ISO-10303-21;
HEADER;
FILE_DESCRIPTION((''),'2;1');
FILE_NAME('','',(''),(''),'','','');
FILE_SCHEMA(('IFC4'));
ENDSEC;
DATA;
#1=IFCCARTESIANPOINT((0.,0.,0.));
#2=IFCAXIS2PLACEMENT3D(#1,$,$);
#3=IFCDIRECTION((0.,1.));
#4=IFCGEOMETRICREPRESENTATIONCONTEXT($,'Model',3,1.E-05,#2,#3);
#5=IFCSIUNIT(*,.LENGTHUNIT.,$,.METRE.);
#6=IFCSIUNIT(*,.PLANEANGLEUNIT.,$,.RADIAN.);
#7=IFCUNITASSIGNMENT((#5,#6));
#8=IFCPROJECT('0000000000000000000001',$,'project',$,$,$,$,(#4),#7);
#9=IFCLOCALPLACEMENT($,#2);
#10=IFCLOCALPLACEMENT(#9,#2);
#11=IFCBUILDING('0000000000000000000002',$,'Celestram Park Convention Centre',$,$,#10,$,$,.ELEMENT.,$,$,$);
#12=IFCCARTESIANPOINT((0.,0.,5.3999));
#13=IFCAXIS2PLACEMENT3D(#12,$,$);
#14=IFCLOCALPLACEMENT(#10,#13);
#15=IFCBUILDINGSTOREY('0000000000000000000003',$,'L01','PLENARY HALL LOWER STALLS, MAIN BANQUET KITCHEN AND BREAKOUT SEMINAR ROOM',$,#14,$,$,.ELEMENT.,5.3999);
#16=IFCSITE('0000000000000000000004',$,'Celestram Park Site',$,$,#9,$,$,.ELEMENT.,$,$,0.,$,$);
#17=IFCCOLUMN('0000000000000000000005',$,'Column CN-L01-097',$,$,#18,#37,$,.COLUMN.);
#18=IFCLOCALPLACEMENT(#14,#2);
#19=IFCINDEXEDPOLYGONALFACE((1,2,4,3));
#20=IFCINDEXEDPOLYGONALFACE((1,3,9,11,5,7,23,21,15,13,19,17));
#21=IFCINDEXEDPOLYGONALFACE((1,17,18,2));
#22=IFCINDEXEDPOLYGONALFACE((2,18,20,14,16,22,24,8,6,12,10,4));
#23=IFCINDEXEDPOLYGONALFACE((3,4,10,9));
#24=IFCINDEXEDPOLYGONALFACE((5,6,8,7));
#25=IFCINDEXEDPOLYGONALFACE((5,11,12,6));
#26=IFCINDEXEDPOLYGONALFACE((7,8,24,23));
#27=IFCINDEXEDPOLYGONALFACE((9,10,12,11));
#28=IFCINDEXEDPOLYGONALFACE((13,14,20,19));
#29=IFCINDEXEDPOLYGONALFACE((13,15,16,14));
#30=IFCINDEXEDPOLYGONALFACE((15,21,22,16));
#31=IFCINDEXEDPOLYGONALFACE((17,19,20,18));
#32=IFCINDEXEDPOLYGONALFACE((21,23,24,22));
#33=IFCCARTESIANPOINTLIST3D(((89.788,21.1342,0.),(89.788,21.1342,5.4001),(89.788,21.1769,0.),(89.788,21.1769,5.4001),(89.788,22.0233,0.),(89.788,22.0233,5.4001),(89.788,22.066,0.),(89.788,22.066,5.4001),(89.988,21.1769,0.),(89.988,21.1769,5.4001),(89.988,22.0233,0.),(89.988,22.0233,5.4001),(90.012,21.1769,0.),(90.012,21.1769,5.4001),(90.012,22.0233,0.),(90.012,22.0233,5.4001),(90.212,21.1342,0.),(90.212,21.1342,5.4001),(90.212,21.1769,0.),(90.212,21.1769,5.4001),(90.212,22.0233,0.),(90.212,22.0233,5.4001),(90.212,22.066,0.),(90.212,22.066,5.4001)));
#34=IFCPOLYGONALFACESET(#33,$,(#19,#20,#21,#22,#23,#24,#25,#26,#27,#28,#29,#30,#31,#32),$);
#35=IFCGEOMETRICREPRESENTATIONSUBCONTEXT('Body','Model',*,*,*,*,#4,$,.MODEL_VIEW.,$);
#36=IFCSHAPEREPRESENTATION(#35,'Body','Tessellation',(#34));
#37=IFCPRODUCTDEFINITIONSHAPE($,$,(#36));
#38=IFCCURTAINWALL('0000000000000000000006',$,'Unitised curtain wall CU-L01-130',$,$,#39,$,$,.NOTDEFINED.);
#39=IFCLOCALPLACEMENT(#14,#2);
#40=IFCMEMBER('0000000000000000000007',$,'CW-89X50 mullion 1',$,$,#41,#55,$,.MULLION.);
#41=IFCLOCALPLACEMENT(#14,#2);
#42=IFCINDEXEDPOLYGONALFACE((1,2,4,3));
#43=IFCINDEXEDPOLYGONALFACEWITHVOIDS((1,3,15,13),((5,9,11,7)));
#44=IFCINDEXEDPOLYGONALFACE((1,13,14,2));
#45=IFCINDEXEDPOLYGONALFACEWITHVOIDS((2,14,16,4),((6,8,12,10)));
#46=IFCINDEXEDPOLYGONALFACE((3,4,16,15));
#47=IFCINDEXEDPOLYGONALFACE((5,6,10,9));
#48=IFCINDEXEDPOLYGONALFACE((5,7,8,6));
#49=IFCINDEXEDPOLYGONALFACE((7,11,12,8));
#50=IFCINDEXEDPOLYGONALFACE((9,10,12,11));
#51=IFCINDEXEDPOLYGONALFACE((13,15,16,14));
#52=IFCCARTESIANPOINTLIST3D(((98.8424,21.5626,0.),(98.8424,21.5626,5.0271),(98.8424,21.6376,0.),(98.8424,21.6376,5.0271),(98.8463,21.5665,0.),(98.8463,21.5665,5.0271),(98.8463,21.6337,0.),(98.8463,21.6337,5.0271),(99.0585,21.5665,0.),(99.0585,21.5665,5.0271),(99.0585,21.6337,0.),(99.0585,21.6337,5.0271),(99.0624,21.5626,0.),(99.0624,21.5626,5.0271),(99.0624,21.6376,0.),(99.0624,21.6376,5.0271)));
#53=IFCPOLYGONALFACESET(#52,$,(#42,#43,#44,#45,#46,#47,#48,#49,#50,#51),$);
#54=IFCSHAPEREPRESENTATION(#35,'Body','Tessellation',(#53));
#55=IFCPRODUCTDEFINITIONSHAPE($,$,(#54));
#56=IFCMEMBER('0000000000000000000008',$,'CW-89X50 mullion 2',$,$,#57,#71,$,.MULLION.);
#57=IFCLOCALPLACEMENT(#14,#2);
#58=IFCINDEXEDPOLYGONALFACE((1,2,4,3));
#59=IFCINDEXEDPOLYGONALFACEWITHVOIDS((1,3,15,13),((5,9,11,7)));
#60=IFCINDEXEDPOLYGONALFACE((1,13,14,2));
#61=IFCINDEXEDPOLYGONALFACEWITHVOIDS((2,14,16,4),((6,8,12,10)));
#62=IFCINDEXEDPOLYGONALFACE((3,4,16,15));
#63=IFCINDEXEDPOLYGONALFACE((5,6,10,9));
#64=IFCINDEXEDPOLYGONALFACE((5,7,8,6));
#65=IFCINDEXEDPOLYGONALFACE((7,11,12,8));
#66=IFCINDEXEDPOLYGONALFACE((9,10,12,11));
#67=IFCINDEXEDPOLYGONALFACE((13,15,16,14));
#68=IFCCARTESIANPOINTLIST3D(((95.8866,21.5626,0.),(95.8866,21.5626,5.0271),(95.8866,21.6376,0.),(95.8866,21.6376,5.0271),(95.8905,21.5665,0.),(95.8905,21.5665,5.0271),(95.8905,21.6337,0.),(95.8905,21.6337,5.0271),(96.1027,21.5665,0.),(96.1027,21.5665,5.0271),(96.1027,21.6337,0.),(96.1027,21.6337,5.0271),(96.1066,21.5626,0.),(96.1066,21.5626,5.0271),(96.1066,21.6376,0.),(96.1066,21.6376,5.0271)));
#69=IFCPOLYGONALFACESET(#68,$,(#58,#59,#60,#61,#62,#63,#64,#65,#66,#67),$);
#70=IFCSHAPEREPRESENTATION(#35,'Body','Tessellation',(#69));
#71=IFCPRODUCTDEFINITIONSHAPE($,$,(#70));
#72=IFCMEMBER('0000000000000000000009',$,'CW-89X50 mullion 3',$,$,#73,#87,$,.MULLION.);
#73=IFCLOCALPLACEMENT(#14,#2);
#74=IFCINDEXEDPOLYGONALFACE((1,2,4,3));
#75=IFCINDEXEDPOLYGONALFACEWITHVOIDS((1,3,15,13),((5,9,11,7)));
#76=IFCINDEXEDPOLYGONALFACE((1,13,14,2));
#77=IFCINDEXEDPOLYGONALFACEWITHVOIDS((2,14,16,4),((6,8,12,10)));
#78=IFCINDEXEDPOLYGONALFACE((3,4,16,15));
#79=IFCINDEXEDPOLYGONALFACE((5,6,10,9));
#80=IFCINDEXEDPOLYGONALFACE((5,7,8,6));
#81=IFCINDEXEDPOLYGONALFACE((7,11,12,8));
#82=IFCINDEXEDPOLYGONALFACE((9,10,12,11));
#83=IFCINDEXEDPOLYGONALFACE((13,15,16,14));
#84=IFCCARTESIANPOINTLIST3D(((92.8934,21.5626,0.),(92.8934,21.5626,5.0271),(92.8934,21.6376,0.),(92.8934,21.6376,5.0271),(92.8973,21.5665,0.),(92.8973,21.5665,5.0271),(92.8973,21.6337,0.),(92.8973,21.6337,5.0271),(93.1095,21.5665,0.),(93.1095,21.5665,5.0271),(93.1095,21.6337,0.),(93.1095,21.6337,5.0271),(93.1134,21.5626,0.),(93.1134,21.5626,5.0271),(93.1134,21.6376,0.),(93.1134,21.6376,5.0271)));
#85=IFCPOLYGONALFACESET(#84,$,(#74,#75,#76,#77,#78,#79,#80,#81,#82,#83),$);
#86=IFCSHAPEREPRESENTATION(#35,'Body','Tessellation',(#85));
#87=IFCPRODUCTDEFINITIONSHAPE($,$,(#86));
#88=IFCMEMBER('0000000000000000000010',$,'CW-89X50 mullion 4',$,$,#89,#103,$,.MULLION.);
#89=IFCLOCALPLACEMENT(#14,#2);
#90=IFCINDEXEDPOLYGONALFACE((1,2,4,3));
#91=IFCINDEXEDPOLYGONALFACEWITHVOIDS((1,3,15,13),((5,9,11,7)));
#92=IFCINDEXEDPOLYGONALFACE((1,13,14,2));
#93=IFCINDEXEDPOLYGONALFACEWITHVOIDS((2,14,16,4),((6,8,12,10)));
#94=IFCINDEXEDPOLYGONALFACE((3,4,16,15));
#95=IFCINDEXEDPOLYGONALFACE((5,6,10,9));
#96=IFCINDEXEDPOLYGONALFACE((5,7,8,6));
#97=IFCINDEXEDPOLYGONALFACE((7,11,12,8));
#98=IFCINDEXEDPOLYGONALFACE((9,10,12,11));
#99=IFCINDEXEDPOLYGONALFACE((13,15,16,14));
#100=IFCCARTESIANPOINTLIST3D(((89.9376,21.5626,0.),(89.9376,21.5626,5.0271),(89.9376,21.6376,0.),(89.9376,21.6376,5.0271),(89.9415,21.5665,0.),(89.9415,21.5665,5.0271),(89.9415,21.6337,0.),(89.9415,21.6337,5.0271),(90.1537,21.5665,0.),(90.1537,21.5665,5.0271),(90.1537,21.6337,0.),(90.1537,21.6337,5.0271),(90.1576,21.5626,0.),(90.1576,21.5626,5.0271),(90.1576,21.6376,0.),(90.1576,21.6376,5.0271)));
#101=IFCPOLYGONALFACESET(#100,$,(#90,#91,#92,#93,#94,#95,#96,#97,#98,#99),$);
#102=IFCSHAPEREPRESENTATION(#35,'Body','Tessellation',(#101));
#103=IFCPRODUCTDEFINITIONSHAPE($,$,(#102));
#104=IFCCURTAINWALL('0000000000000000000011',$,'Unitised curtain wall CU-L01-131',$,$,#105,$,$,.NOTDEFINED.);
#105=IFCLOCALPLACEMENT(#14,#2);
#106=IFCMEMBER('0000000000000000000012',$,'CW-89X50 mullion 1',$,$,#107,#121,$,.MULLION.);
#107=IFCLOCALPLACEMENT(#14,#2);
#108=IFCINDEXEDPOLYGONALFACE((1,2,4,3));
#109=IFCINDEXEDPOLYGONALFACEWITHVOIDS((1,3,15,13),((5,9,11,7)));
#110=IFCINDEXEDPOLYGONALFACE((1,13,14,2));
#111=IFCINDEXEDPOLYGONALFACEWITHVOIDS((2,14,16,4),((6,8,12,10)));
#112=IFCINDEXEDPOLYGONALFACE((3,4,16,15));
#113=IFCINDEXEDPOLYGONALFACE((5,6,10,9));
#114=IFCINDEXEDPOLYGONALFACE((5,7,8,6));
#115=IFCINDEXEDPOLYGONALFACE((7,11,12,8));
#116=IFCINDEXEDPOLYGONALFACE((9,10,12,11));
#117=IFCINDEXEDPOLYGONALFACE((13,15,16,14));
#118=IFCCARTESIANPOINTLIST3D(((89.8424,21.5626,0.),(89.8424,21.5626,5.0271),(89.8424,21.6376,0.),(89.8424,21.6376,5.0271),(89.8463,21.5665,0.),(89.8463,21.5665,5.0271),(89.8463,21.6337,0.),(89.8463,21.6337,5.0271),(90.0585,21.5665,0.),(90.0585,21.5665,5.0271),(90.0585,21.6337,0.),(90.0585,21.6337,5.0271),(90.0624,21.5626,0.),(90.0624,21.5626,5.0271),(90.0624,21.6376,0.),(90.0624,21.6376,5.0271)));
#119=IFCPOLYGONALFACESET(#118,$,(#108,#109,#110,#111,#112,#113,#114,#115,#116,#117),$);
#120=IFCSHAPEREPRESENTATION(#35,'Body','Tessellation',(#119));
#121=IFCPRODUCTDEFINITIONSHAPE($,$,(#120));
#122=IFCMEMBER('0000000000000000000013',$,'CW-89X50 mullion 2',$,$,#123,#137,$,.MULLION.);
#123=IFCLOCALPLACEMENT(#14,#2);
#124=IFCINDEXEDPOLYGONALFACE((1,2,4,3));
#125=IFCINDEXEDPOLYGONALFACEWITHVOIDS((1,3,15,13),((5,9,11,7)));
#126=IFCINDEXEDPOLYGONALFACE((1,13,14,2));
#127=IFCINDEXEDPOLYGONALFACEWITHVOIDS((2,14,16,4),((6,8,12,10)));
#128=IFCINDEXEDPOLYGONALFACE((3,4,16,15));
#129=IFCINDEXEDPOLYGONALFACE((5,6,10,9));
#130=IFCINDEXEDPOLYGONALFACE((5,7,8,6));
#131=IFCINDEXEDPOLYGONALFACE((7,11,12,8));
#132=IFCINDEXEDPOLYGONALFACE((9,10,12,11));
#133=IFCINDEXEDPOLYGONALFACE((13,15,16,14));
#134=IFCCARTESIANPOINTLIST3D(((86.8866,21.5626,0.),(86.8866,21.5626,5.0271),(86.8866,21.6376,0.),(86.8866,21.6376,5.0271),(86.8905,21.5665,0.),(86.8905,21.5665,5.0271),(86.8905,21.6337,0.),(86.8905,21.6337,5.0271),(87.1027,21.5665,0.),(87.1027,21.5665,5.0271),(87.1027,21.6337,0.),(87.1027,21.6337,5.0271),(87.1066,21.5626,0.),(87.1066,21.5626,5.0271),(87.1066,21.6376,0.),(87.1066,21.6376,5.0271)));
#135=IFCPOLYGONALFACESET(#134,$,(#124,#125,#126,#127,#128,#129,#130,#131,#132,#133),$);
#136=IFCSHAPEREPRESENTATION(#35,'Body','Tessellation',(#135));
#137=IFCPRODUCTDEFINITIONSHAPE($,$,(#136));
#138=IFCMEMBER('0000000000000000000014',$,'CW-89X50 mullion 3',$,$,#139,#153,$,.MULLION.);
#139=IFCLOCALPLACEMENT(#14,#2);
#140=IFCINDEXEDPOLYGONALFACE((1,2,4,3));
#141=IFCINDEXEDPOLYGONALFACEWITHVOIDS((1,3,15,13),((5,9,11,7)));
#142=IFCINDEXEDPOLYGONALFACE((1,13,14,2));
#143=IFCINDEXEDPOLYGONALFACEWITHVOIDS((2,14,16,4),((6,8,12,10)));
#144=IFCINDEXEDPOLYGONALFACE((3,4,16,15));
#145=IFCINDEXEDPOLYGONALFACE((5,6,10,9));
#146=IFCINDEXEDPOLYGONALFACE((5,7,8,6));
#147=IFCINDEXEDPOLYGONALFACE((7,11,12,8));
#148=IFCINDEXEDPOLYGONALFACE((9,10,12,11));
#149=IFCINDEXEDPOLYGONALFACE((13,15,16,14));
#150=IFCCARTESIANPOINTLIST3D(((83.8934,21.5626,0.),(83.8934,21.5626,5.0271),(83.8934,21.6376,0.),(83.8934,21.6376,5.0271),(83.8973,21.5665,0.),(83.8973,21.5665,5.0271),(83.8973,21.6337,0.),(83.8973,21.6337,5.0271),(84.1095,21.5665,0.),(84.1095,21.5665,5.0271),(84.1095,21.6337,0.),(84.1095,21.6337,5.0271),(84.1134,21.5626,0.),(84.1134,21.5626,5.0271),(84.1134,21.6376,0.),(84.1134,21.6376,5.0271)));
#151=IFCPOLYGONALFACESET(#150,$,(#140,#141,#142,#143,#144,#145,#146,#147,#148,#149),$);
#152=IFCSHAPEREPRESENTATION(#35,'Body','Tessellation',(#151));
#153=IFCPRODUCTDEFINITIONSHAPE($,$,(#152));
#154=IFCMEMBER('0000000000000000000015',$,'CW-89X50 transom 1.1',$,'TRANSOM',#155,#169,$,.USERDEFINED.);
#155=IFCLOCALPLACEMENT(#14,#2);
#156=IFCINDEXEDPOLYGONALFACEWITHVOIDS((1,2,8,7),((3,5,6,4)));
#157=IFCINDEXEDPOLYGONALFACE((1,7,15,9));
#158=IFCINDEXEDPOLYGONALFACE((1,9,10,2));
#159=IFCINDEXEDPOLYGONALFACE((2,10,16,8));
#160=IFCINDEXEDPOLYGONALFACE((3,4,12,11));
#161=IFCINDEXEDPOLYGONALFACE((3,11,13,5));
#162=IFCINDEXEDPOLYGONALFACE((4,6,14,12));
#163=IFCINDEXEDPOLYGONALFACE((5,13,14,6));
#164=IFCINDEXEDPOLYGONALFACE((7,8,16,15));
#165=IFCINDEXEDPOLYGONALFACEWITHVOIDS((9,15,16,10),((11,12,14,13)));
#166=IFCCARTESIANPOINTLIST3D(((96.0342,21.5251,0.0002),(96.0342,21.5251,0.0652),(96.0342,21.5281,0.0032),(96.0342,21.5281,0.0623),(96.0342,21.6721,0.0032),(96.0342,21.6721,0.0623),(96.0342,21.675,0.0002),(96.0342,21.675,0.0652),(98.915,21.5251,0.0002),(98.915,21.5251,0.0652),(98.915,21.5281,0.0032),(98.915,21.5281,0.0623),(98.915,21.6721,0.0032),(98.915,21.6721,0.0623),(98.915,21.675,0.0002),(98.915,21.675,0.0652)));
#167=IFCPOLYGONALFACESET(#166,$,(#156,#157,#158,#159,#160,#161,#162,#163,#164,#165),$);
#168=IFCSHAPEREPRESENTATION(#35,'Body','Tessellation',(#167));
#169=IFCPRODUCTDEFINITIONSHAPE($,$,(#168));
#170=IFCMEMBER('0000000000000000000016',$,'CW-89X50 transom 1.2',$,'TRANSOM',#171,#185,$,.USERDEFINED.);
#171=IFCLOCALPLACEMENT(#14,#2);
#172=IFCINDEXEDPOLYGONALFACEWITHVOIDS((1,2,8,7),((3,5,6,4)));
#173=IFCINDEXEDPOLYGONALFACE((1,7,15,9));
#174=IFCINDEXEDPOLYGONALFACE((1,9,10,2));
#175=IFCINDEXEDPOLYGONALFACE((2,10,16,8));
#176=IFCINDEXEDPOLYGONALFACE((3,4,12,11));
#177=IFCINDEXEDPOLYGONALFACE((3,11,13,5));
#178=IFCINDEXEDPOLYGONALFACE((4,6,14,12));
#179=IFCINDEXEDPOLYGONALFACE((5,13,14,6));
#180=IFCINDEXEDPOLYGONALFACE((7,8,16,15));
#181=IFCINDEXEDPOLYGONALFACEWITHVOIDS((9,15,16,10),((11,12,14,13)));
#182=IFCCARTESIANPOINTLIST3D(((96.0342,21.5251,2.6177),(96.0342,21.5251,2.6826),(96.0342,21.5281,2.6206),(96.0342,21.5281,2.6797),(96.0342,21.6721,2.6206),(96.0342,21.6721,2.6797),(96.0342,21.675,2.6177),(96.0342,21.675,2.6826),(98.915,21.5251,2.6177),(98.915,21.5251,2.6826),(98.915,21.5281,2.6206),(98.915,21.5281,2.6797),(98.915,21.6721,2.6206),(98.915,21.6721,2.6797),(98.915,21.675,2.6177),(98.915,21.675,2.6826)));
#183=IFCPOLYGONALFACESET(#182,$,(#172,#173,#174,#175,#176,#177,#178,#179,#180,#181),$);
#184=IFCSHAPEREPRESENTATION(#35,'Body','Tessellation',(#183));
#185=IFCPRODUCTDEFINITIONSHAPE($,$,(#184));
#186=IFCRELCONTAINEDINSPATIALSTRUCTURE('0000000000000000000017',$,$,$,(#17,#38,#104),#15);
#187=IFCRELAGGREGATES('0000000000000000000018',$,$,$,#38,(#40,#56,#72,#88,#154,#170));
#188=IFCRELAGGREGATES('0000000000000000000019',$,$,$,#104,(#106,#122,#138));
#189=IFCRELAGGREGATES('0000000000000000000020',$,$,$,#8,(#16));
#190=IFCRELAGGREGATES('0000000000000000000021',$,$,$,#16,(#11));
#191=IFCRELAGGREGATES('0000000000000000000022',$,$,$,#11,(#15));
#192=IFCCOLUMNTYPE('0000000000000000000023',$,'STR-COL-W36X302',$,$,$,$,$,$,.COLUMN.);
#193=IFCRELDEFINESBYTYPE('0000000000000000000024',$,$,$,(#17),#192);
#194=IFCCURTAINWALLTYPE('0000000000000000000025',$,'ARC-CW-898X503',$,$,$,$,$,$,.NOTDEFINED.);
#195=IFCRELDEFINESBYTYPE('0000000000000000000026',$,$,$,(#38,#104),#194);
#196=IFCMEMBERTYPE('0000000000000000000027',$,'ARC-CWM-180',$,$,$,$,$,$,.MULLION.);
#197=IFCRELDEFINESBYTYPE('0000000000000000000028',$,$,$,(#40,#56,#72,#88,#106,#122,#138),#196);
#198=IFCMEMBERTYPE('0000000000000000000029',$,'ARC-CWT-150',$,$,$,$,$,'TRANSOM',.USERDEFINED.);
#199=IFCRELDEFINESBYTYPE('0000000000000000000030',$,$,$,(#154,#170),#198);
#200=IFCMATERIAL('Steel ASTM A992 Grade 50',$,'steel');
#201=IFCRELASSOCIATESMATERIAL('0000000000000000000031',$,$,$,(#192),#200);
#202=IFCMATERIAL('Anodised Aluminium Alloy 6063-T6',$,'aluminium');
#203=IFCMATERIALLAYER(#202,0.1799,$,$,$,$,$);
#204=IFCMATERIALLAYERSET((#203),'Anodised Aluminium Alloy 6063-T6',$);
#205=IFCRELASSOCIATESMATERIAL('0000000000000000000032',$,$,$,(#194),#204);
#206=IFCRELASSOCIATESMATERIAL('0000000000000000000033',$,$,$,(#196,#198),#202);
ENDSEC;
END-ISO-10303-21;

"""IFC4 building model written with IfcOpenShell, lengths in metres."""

from ifc_helpers import new_model, si_unit, direction, frame, origin, origin_2d, place, context, subcontext, project, spatial, hollow_rectangle, i_section, extrude, material, layer, layer_set, material_profile, profile_set, type_object, element, aggregate, save


model = new_model("IFC4")

# Units and contexts
model_context = context("Model", 3, precision=1e-05, world=origin(), true_north=direction((0.0, 1.0)))
body_context = subcontext(model_context, "Body", "Model", "MODEL_VIEW")
ifc_project = project(units=[si_unit("LENGTHUNIT", "METRE"), si_unit("PLANEANGLEUNIT", "RADIAN")], contexts=[model_context])

# Site, building, storey
site_placement = place(None, origin())
site = spatial("IfcSite", under=ifc_project, at=site_placement, Name="Celestram Park Site", CompositionType="ELEMENT", RefElevation=0.0)
building_placement = place(site_placement, origin())
building = spatial("IfcBuilding", under=site, at=building_placement, Name="Celestram Park Convention Centre", CompositionType="ELEMENT")
storey_placement = place(building_placement, frame((0.0, 0.0, 5.3999)))
storey = spatial("IfcBuildingStorey", under=building, at=storey_placement, Name="L01", Description="PLENARY HALL LOWER STALLS, MAIN BANQUET KITCHEN AND BREAKOUT SEMINAR ROOM", CompositionType="ELEMENT", Elevation=5.3999)

# Column
ifc_material_1 = material(Name="Steel ASTM A992 Grade 50", Category="steel")
ifc_material_profile_1 = material_profile(ifc_material_1, i_section(OverallWidth=0.4241, OverallDepth=0.9319, WebThickness=0.0239, FlangeThickness=0.0427, at=origin_2d()), Name="W36X302")
ifc_profile_set_1 = profile_set([ifc_material_profile_1], Name="Steel ASTM A992 Grade 50")
column_type = type_object("IfcColumnType", Name="STR-COL-W36X302", PredefinedType="COLUMN", material=ifc_profile_set_1)
column_placement = place(storey_placement, frame((90.0, 21.6001, 0.0), z_axis=(0.0, 0.0, 1.0), x_axis=(1.0, 0.0, 0.0)))
element("IfcColumn", 1, at=column_placement, inside=storey, type_object=column_type, Name="Column CN-L01-097", PredefinedType="COLUMN", context=body_context, shape_type="SweptSolid", body=[
    extrude(i_section(OverallWidth=0.4241, OverallDepth=0.9319, WebThickness=0.0239, FlangeThickness=0.0427, at=origin_2d()), origin(), (0.0, 0.0, 1.0), 5.4001),
])

# Curtain walls, members
ifc_material_2 = material(Name="Anodised Aluminium Alloy 6063-T6", Category="aluminium")
ifc_layer_1 = layer(ifc_material_2, 0.1799)
ifc_layer_set_1 = layer_set([ifc_layer_1], Name="Anodised Aluminium Alloy 6063-T6")
curtain_wall_type = type_object("IfcCurtainWallType", Name="ARC-CW-898X503", PredefinedType="NOTDEFINED", material=ifc_layer_set_1)
curtain_wall_1_placement = place(storey_placement, origin())
curtain_wall_1 = element("IfcCurtainWall", 2, at=curtain_wall_1_placement, inside=storey, type_object=curtain_wall_type, Name="Unitised curtain wall CU-L01-130", PredefinedType="NOTDEFINED")
ifc_material_profile_2 = material_profile(ifc_material_2, hollow_rectangle(XDim=0.075, YDim=0.22, WallThickness=0.0039, at=origin_2d()), Name="ALU75X220X4")
ifc_profile_set_2 = profile_set([ifc_material_profile_2], Name="Anodised Aluminium Alloy 6063-T6")
member_type_1 = type_object("IfcMemberType", Name="ARC-CWM-180", PredefinedType="MULLION", material=ifc_profile_set_2)
member_1_placement = place(storey_placement, frame((98.9524, 21.6001, 0.0), z_axis=(0.0, 0.0, 1.0), x_axis=(0.0, -1.0, 0.0)))
member_1 = element("IfcMember", 3, at=member_1_placement, type_object=member_type_1, Name="CW-89X50 mullion 1", PredefinedType="MULLION", context=body_context, shape_type="SweptSolid", body=[
    extrude(hollow_rectangle(XDim=0.075, YDim=0.22, WallThickness=0.0039, at=origin_2d()), origin(), (0.0, 0.0, 1.0), 5.0271),
])
member_2_placement = place(storey_placement, frame((95.9966, 21.6001, 0.0), z_axis=(0.0, 0.0, 1.0), x_axis=(0.0, -1.0, 0.0)))
member_2 = element("IfcMember", 4, at=member_2_placement, type_object=member_type_1, Name="CW-89X50 mullion 2", PredefinedType="MULLION", context=body_context, shape_type="SweptSolid", body=[
    extrude(hollow_rectangle(XDim=0.075, YDim=0.22, WallThickness=0.0039, at=origin_2d()), origin(), (0.0, 0.0, 1.0), 5.0271),
])
member_3_placement = place(storey_placement, frame((93.0034, 21.6001, 0.0), z_axis=(0.0, 0.0, 1.0), x_axis=(0.0, -1.0, 0.0)))
member_3 = element("IfcMember", 5, at=member_3_placement, type_object=member_type_1, Name="CW-89X50 mullion 3", PredefinedType="MULLION", context=body_context, shape_type="SweptSolid", body=[
    extrude(hollow_rectangle(XDim=0.075, YDim=0.22, WallThickness=0.0039, at=origin_2d()), origin(), (0.0, 0.0, 1.0), 5.0271),
])
member_4_placement = place(storey_placement, frame((90.0476, 21.6001, 0.0), z_axis=(0.0, 0.0, 1.0), x_axis=(0.0, -1.0, 0.0)))
member_4 = element("IfcMember", 6, at=member_4_placement, type_object=member_type_1, Name="CW-89X50 mullion 4", PredefinedType="MULLION", context=body_context, shape_type="SweptSolid", body=[
    extrude(hollow_rectangle(XDim=0.075, YDim=0.22, WallThickness=0.0039, at=origin_2d()), origin(), (0.0, 0.0, 1.0), 5.0271),
])
curtain_wall_2_placement = place(storey_placement, origin())
curtain_wall_2 = element("IfcCurtainWall", 7, at=curtain_wall_2_placement, inside=storey, type_object=curtain_wall_type, Name="Unitised curtain wall CU-L01-131", PredefinedType="NOTDEFINED")
member_5_placement = place(storey_placement, frame((89.9524, 21.6001, 0.0), z_axis=(0.0, 0.0, 1.0), x_axis=(0.0, -1.0, 0.0)))
member_5 = element("IfcMember", 8, at=member_5_placement, type_object=member_type_1, Name="CW-89X50 mullion 1", PredefinedType="MULLION", context=body_context, shape_type="SweptSolid", body=[
    extrude(hollow_rectangle(XDim=0.075, YDim=0.22, WallThickness=0.0039, at=origin_2d()), origin(), (0.0, 0.0, 1.0), 5.0271),
])
member_6_placement = place(storey_placement, frame((86.9966, 21.6001, 0.0), z_axis=(0.0, 0.0, 1.0), x_axis=(0.0, -1.0, 0.0)))
member_6 = element("IfcMember", 9, at=member_6_placement, type_object=member_type_1, Name="CW-89X50 mullion 2", PredefinedType="MULLION", context=body_context, shape_type="SweptSolid", body=[
    extrude(hollow_rectangle(XDim=0.075, YDim=0.22, WallThickness=0.0039, at=origin_2d()), origin(), (0.0, 0.0, 1.0), 5.0271),
])
member_7_placement = place(storey_placement, frame((84.0034, 21.6001, 0.0), z_axis=(0.0, 0.0, 1.0), x_axis=(0.0, -1.0, 0.0)))
member_7 = element("IfcMember", 10, at=member_7_placement, type_object=member_type_1, Name="CW-89X50 mullion 3", PredefinedType="MULLION", context=body_context, shape_type="SweptSolid", body=[
    extrude(hollow_rectangle(XDim=0.075, YDim=0.22, WallThickness=0.0039, at=origin_2d()), origin(), (0.0, 0.0, 1.0), 5.0271),
])

# Members
ifc_material_profile_3 = material_profile(ifc_material_2, hollow_rectangle(XDim=0.1499, YDim=0.0649, WallThickness=0.0029, at=origin_2d()), Name="ALU150X65X3")
ifc_profile_set_3 = profile_set([ifc_material_profile_3], Name="Anodised Aluminium Alloy 6063-T6")
member_type_2 = type_object("IfcMemberType", Name="ARC-CWT-150", ElementType="TRANSOM", PredefinedType="USERDEFINED", material=ifc_profile_set_3)
member_8_placement = place(storey_placement, frame((98.915, 21.6001, 0.0327), z_axis=(-1.0, 0.0, 0.0), x_axis=(0.0, -1.0, 0.0)))
member_8 = element("IfcMember", 11, at=member_8_placement, type_object=member_type_2, Name="CW-89X50 transom 1.1", ObjectType="TRANSOM", PredefinedType="USERDEFINED", context=body_context, shape_type="SweptSolid", body=[
    extrude(hollow_rectangle(XDim=0.1499, YDim=0.0649, WallThickness=0.0029, at=origin_2d()), origin(), (0.0, 0.0, 1.0), 2.8809),
])
member_9_placement = place(storey_placement, frame((98.915, 21.6001, 2.6501), z_axis=(-1.0, 0.0, 0.0), x_axis=(0.0, -1.0, 0.0)))
member_9 = element("IfcMember", 12, at=member_9_placement, type_object=member_type_2, Name="CW-89X50 transom 1.2", ObjectType="TRANSOM", PredefinedType="USERDEFINED", context=body_context, shape_type="SweptSolid", body=[
    extrude(hollow_rectangle(XDim=0.1499, YDim=0.0649, WallThickness=0.0029, at=origin_2d()), origin(), (0.0, 0.0, 1.0), 2.8809),
])

aggregate(curtain_wall_1, [member_1, member_2, member_3, member_4, member_8, member_9])
aggregate(curtain_wall_2, [member_5, member_6, member_7])

save(model, "model.ifc")
